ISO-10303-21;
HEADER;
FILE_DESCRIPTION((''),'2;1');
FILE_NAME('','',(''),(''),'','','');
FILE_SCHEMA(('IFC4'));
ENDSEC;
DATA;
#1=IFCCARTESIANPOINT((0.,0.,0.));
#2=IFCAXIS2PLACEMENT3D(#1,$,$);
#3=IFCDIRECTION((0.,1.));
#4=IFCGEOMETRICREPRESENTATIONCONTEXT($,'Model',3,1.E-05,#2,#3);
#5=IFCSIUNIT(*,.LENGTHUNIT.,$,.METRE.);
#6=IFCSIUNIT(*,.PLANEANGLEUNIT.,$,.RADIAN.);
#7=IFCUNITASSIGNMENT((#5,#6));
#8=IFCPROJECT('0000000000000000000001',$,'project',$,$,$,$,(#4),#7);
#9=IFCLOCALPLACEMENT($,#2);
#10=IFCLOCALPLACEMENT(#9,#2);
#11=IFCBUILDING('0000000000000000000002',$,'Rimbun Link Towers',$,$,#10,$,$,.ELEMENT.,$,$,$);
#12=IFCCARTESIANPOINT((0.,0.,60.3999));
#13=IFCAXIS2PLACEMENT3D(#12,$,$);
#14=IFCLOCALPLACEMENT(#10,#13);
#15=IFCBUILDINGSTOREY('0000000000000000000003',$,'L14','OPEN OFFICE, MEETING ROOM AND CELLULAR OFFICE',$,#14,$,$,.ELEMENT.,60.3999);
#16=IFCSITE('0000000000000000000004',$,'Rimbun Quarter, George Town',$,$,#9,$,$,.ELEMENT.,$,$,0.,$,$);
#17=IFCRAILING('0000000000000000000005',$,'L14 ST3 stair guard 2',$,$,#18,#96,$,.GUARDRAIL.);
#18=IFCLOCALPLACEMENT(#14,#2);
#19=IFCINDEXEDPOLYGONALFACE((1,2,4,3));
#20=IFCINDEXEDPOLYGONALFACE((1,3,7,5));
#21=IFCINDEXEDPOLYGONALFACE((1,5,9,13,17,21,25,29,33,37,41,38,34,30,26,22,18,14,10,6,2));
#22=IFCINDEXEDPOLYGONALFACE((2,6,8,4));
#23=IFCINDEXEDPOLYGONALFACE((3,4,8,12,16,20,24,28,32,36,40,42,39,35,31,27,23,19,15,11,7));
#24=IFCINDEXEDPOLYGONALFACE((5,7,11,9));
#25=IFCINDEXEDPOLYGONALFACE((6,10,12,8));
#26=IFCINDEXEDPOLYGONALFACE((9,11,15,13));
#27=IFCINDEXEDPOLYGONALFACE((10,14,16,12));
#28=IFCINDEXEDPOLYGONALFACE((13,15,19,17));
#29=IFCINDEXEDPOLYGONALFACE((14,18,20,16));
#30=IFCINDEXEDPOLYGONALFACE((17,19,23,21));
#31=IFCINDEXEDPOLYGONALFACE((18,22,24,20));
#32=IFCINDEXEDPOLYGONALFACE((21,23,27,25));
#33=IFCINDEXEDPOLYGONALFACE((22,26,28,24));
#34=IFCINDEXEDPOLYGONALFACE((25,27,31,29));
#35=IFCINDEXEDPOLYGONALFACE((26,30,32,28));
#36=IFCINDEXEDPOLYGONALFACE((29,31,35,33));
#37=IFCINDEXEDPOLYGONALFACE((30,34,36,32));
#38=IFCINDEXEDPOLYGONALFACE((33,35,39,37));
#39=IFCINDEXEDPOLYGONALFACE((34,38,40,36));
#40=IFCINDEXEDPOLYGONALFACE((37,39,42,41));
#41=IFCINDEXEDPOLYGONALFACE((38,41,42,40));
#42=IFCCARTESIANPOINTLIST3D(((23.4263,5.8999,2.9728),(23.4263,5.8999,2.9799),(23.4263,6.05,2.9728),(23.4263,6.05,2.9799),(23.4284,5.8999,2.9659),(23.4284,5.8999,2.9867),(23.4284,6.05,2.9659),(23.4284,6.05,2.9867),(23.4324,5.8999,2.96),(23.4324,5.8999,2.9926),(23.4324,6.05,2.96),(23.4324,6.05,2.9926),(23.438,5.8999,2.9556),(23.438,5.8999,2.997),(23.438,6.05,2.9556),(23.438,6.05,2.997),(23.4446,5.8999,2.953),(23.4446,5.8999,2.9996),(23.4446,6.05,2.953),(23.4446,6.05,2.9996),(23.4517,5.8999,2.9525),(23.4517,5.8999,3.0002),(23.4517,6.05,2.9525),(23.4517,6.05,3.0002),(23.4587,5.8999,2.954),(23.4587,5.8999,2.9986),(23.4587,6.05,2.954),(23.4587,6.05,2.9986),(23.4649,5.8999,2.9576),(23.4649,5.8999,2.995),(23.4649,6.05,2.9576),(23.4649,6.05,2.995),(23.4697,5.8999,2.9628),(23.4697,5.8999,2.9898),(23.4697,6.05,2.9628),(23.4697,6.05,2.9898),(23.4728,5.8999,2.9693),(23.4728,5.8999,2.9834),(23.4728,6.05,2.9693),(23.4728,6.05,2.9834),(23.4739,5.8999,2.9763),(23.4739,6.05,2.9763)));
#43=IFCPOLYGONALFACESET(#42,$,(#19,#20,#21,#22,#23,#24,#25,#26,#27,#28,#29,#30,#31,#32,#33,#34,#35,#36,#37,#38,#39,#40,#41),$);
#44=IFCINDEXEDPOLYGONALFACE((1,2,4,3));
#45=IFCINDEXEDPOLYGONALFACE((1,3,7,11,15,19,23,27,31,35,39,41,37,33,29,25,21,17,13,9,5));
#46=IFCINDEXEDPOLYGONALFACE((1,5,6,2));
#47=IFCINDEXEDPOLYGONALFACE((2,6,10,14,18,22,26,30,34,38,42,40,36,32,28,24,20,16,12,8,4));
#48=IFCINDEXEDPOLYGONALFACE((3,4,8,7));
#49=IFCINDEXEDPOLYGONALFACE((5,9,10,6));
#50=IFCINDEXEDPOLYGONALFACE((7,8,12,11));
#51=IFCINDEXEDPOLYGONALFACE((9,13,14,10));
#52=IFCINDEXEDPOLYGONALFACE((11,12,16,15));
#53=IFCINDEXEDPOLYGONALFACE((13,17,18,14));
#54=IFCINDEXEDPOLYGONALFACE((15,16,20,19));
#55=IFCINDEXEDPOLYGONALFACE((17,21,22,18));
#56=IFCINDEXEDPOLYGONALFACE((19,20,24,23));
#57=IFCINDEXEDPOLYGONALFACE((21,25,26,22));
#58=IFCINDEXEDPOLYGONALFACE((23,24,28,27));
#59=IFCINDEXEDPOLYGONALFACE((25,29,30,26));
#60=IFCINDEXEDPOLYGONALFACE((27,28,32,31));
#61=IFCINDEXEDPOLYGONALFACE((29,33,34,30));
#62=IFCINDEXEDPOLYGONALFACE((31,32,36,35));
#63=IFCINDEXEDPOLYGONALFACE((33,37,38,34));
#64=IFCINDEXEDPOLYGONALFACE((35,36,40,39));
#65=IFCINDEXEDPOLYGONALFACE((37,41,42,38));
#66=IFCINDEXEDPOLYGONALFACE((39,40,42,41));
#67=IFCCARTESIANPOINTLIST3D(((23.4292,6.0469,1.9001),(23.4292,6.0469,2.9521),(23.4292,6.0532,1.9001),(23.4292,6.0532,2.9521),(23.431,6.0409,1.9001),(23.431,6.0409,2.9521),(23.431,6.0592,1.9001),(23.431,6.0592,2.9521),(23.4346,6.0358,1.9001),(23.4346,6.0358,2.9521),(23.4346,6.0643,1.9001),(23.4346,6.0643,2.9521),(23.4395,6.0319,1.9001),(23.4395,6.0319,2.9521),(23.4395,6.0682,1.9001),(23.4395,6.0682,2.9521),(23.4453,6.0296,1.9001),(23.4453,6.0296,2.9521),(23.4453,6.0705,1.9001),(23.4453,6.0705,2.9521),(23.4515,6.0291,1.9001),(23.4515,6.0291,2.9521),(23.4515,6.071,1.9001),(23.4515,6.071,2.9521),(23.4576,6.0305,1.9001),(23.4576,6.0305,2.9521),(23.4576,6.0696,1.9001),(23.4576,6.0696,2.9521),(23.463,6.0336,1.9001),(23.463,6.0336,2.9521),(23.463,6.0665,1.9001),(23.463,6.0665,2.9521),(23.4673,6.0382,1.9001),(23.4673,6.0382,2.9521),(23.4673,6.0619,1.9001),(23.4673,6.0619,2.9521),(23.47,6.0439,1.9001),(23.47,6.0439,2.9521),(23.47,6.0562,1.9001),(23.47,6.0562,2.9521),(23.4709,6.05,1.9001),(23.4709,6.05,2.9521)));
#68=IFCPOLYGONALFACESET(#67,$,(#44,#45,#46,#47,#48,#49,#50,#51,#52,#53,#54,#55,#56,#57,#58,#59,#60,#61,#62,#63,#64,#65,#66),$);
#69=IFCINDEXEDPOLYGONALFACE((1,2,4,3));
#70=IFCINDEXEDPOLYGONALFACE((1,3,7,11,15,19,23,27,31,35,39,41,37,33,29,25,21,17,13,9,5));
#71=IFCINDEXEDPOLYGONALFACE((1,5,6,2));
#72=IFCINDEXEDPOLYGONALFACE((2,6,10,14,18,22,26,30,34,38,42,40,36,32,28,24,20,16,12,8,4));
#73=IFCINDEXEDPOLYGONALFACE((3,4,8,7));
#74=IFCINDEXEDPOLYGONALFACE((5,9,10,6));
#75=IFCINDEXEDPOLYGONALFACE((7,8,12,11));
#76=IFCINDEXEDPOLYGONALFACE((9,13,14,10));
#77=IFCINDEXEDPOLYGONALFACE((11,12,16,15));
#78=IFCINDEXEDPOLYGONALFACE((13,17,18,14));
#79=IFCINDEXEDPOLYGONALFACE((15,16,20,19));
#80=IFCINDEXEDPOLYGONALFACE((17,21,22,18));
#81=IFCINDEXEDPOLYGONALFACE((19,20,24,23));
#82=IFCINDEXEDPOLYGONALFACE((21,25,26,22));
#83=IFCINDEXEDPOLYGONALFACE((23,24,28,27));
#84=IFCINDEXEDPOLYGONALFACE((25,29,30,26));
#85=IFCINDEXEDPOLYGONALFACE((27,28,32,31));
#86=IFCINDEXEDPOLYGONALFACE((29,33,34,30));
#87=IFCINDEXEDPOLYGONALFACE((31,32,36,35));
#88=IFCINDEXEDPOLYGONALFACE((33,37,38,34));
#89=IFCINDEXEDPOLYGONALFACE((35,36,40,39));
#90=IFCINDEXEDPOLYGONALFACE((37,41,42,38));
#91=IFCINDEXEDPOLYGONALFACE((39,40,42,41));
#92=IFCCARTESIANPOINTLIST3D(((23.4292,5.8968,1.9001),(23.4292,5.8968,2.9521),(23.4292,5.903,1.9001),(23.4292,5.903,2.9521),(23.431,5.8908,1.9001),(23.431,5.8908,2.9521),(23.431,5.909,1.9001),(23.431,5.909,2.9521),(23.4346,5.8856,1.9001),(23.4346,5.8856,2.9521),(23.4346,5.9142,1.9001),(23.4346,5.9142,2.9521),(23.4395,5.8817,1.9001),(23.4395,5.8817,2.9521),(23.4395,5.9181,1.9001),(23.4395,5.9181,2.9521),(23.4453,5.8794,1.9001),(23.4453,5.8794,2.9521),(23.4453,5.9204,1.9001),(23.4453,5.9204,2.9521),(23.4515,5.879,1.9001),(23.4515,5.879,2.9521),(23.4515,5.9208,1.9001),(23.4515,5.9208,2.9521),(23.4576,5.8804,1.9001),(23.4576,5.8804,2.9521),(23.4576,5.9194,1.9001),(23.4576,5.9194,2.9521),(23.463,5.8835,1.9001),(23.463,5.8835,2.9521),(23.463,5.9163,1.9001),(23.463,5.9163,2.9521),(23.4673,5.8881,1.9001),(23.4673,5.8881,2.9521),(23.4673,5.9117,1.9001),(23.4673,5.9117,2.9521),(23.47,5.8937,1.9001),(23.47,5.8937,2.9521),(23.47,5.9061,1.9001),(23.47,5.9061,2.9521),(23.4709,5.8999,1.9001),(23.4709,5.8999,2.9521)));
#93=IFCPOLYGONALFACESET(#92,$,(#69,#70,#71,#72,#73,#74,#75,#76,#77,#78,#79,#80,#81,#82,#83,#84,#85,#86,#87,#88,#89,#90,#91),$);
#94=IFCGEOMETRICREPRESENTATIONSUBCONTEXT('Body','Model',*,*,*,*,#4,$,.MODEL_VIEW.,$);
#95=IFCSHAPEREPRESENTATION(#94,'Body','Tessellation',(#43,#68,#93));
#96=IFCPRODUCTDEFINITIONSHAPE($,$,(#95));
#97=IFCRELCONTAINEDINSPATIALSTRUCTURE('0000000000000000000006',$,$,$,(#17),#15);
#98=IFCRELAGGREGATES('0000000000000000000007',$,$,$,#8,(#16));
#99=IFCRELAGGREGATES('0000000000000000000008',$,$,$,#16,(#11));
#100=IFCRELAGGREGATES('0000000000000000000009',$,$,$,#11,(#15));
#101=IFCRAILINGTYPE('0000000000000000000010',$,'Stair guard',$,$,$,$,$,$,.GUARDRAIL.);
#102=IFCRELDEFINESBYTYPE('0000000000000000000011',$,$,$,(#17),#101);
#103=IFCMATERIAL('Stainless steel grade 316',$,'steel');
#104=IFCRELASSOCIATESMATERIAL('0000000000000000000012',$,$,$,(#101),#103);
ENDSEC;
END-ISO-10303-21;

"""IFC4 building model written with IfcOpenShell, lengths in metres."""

from ifc_helpers import new_model, si_unit, direction, frame, origin, origin_2d, place, context, subcontext, project, spatial, circle, extrude, material, type_object, element, save


model = new_model("IFC4")

# Units and contexts
model_context = context("Model", 3, precision=1e-05, world=origin(), true_north=direction((0.0, 1.0)))
body_context = subcontext(model_context, "Body", "Model", "MODEL_VIEW")
ifc_project = project(units=[si_unit("LENGTHUNIT", "METRE"), si_unit("PLANEANGLEUNIT", "RADIAN")], contexts=[model_context])

# Site, building, storey
site_placement = place(None, origin())
site = spatial("IfcSite", under=ifc_project, at=site_placement, Name="Rimbun Quarter, George Town", CompositionType="ELEMENT", RefElevation=0.0)
building_placement = place(site_placement, origin())
building = spatial("IfcBuilding", under=site, at=building_placement, Name="Rimbun Link Towers", CompositionType="ELEMENT")
storey_placement = place(building_placement, frame((0.0, 0.0, 60.3999)))
storey = spatial("IfcBuildingStorey", under=building, at=storey_placement, Name="L14", Description="OPEN OFFICE, MEETING ROOM AND CELLULAR OFFICE", CompositionType="ELEMENT", Elevation=60.3999)

# Railing
ifc_material_1 = material(Name="Stainless steel grade 316", Category="steel")
railing_type_1 = type_object("IfcRailingType", Name="Stair guard", PredefinedType="GUARDRAIL", material=ifc_material_1)
railing_1_placement = place(storey_placement, frame((23.45, 6.05, 1.9001)))
element("IfcRailing", 1, at=railing_1_placement, inside=storey, type_object=railing_type_1, Name="L14 ST3 stair guard 2", PredefinedType="GUARDRAIL", context=body_context, shape_type="SweptSolid", body=[
    extrude(circle(Radius=0.0239, at=origin_2d()), frame((0.0, 0.0, 1.0762), z_axis=(0.0, -1.0, 0.0), x_axis=(1.0, 0.0, 0.0)), (0.0, 0.0, 1.0), 0.1501),
    extrude(circle(Radius=0.021, at=origin_2d()), origin(), (0.0, 0.0, 1.0), 1.052),
    extrude(circle(Radius=0.021, at=origin_2d()), frame((0.0, -0.1501, 0.0)), (0.0, 0.0, 1.0), 1.052),
])

save(model, "model.ifc")
